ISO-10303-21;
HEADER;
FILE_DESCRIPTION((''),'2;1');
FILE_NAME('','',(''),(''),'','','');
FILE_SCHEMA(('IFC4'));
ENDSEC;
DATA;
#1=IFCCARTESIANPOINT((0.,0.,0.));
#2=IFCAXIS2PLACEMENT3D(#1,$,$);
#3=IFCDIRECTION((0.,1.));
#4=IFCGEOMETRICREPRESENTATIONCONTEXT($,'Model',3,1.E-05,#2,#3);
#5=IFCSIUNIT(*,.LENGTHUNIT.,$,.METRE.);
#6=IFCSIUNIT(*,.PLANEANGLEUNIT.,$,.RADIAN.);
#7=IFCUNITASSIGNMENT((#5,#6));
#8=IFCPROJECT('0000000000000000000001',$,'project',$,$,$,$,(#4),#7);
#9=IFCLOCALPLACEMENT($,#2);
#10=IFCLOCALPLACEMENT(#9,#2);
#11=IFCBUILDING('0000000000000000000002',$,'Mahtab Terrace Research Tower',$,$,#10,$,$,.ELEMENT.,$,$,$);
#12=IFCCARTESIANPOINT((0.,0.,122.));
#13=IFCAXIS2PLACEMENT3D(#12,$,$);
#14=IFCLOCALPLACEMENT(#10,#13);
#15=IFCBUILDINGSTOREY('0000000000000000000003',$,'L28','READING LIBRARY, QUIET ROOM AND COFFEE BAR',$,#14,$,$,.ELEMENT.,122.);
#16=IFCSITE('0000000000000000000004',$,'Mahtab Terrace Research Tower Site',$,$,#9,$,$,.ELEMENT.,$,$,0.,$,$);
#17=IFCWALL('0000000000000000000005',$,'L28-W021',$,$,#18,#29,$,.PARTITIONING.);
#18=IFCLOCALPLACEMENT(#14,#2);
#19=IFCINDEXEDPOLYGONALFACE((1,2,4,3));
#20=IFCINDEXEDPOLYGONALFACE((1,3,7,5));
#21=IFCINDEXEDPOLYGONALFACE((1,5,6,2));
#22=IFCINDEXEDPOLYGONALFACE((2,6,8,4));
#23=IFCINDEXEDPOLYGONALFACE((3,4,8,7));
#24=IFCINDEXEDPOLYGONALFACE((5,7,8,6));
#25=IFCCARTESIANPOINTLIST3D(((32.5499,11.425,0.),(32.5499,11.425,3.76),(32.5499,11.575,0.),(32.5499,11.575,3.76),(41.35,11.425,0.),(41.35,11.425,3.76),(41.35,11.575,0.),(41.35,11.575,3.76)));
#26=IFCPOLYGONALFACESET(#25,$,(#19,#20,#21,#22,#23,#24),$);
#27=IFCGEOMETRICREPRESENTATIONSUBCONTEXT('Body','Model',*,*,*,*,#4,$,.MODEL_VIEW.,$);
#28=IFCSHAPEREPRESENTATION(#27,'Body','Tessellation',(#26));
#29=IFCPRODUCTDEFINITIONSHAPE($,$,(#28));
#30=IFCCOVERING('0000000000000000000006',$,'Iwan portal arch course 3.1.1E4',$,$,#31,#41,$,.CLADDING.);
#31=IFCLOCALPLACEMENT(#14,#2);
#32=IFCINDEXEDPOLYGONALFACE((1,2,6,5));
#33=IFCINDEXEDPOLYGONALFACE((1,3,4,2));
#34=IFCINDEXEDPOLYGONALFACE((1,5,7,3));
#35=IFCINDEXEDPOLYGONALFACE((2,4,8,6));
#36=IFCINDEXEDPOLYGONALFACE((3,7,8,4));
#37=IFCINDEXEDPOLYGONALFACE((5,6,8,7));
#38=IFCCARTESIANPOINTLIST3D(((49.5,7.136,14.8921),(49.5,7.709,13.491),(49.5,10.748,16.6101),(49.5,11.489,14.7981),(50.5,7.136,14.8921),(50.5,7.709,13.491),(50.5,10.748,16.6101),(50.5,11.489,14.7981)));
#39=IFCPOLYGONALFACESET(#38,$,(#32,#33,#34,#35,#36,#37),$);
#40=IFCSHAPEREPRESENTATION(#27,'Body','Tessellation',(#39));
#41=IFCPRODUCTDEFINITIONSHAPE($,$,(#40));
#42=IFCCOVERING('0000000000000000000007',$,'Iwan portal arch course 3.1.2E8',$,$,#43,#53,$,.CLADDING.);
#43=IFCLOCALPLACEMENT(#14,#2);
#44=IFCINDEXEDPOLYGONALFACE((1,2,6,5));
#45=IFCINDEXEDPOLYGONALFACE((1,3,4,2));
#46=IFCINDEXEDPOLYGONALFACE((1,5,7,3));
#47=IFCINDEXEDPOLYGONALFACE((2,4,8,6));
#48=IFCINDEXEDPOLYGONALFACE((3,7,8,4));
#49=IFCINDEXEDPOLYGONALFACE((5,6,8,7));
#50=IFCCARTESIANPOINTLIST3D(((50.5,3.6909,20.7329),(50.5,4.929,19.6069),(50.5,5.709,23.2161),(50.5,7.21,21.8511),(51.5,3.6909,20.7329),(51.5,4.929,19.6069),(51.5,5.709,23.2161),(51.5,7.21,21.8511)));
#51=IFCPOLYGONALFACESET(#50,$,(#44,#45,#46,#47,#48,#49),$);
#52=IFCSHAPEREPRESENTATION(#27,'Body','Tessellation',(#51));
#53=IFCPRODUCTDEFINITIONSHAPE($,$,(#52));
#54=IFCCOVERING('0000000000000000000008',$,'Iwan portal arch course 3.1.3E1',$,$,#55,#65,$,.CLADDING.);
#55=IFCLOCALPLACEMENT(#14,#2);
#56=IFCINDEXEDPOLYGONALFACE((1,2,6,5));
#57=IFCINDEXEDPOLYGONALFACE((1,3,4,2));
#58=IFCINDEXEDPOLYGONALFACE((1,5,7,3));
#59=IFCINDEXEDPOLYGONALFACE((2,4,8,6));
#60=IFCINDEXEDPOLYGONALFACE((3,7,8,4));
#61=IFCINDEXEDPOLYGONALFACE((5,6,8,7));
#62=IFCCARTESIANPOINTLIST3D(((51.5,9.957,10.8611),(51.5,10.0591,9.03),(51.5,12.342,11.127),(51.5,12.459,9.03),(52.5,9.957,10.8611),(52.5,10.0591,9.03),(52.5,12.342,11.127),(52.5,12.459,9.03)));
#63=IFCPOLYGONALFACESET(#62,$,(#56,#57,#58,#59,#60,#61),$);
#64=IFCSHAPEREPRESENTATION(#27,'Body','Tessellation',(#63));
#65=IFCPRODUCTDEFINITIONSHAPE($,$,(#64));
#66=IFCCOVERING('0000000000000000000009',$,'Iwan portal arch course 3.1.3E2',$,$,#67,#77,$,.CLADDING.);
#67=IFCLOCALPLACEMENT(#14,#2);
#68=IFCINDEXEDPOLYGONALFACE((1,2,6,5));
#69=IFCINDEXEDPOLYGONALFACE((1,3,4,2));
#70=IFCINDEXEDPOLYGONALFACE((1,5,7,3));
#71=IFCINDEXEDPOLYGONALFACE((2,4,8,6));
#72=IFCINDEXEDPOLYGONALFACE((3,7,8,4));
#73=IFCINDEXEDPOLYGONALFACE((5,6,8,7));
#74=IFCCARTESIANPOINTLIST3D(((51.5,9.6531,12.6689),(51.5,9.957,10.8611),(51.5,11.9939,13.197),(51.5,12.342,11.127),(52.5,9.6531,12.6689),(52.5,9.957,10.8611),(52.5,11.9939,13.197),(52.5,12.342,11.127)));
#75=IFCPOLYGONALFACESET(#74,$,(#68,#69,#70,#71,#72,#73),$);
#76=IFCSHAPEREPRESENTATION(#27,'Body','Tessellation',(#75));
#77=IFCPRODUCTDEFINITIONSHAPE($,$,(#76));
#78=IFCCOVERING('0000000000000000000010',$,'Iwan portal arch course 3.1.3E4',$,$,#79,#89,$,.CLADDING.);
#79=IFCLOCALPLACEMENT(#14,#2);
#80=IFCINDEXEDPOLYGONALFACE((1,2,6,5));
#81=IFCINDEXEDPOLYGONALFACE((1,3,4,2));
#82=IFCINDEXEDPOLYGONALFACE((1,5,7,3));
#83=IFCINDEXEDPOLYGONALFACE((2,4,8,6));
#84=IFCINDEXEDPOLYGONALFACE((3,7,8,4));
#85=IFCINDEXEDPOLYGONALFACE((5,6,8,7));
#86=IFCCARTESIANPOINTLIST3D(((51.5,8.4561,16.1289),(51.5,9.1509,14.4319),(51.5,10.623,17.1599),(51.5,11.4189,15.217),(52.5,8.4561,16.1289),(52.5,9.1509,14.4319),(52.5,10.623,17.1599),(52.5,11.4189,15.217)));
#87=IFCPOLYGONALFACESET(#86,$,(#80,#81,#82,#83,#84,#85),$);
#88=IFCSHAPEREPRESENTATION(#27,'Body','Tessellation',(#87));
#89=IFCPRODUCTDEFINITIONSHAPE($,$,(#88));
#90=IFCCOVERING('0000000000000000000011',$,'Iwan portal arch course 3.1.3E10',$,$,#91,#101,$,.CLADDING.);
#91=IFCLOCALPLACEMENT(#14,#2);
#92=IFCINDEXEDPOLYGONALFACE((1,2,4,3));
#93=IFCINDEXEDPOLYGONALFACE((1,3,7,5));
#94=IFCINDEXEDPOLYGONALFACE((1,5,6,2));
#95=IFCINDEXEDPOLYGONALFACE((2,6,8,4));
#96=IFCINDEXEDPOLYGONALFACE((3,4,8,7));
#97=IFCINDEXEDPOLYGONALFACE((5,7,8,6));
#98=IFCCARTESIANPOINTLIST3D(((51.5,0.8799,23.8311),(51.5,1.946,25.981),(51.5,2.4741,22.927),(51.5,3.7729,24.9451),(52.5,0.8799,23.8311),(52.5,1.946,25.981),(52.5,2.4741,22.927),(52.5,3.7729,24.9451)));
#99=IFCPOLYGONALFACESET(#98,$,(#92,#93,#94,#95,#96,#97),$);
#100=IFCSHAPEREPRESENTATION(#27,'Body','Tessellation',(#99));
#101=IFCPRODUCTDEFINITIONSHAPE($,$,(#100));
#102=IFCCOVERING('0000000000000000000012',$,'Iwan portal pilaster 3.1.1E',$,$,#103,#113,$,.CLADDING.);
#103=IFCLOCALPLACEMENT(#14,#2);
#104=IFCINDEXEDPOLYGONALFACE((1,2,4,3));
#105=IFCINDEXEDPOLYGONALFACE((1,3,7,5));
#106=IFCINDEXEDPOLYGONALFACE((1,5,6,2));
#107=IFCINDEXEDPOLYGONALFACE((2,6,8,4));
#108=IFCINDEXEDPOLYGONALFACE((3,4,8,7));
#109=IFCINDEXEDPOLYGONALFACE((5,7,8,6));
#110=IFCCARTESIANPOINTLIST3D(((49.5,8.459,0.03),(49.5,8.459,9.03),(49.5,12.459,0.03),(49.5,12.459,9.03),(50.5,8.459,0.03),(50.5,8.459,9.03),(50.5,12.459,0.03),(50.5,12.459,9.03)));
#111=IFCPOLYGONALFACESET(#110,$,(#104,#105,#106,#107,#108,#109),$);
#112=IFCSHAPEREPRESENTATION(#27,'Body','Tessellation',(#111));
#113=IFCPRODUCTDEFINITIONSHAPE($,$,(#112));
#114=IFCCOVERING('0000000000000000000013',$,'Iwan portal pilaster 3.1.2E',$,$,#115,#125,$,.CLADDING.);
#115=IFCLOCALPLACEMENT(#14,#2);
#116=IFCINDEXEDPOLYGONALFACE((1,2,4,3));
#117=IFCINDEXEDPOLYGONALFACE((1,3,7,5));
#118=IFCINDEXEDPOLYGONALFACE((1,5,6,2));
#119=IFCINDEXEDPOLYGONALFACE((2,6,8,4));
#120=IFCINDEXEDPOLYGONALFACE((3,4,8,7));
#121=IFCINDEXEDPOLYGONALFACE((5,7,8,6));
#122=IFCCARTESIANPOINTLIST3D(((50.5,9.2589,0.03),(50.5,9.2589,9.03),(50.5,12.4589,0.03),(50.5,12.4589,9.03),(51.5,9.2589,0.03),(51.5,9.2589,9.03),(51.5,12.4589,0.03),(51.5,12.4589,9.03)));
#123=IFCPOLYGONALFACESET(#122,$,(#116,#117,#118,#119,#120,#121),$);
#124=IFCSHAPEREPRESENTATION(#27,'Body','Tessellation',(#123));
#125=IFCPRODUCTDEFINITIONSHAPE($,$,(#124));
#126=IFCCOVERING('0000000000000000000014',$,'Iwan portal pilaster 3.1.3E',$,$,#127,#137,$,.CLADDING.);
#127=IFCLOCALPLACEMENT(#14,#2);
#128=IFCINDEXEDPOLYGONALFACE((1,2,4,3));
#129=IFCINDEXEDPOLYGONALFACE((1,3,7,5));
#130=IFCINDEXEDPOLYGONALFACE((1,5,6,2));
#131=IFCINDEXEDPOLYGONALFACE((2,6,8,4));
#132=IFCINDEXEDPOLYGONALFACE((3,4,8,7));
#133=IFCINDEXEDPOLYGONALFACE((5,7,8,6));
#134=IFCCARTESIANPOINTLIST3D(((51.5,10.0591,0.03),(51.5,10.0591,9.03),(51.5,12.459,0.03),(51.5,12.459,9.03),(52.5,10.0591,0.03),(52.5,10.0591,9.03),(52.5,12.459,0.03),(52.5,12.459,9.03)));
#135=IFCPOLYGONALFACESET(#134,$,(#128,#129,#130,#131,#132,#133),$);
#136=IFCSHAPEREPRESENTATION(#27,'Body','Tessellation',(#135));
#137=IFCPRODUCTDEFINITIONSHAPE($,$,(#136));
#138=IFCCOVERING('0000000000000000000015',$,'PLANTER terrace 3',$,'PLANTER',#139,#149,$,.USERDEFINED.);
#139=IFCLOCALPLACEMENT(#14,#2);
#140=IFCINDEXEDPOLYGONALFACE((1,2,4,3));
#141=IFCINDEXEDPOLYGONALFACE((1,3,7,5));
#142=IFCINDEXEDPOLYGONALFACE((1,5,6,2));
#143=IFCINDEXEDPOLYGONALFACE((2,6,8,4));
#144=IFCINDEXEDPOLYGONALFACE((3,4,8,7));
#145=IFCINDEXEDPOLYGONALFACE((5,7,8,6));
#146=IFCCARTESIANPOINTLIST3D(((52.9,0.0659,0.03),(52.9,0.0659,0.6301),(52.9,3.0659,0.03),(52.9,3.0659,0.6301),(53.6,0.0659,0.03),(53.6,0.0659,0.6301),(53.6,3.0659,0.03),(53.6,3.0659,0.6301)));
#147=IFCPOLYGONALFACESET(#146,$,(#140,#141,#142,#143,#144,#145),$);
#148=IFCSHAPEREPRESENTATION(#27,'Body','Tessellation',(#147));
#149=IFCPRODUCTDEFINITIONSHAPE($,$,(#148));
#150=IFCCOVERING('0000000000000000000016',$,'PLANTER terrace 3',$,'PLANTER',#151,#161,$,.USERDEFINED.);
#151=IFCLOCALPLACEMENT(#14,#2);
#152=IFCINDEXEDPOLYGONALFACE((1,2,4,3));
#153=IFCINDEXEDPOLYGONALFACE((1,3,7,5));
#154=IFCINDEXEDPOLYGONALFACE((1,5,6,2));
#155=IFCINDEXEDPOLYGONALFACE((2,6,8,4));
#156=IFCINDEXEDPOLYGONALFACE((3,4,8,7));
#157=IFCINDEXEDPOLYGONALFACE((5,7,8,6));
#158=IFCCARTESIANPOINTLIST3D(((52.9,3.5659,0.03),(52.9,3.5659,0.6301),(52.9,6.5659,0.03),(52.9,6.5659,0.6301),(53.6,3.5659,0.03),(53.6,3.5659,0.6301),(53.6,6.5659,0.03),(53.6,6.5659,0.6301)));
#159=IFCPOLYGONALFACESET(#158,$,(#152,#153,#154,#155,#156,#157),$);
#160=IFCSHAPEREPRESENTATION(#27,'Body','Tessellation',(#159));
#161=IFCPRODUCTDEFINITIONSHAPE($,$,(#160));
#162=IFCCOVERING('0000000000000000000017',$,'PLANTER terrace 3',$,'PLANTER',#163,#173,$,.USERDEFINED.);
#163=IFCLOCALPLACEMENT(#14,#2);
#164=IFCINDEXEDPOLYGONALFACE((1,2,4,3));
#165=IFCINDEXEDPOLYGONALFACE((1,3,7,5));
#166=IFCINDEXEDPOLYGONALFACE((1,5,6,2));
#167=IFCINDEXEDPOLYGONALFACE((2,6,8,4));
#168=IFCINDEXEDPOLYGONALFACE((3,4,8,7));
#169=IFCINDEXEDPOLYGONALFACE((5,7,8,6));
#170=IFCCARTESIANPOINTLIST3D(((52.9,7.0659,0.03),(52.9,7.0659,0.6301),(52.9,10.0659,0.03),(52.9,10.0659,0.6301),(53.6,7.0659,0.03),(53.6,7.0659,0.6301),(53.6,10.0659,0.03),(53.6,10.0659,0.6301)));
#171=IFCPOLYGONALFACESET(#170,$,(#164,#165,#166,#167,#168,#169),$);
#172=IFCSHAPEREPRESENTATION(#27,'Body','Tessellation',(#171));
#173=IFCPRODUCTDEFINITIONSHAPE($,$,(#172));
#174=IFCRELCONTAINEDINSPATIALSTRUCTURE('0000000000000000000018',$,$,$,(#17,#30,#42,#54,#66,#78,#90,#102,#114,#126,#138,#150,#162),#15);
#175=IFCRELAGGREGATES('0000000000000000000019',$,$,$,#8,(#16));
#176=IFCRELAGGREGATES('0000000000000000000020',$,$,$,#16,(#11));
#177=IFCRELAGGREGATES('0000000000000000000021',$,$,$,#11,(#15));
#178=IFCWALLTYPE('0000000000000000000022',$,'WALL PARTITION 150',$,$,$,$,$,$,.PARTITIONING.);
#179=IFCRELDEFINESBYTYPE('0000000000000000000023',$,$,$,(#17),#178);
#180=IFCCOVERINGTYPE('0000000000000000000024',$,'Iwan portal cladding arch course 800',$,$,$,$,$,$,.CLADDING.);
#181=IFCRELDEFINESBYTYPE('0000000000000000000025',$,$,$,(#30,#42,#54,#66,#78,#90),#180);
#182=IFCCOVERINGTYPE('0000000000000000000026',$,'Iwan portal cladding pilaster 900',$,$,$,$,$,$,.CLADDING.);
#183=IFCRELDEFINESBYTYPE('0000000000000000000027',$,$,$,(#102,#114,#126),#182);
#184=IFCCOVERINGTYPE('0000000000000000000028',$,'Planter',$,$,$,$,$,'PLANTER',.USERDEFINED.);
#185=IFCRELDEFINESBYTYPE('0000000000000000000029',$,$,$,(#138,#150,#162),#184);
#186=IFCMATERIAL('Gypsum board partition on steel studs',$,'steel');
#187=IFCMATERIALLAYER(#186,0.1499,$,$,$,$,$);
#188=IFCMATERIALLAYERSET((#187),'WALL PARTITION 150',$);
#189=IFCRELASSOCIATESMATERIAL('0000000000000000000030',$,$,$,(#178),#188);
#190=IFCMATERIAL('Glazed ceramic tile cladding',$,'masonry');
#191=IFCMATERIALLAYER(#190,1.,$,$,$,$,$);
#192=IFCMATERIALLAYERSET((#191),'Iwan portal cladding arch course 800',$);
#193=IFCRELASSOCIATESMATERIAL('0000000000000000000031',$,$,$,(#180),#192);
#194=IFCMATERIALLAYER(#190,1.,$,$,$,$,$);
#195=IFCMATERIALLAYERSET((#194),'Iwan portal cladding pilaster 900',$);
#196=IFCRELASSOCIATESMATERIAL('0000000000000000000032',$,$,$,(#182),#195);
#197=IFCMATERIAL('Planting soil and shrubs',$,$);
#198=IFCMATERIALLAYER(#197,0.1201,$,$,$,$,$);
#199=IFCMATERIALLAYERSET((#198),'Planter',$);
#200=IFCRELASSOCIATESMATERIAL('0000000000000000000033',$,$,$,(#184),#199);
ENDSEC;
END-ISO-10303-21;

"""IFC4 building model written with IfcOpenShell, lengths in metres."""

from ifc_helpers import new_model, si_unit, direction, frame, frame_2d, origin, origin_2d, place, context, subcontext, project, spatial, polyline, rectangle, outline, extrude, material, layer, layer_set, type_object, element, save


model = new_model("IFC4")

# Units and contexts
model_context = context("Model", 3, precision=1e-05, world=origin(), true_north=direction((0.0, 1.0)))
body_context = subcontext(model_context, "Body", "Model", "MODEL_VIEW")
ifc_project = project(units=[si_unit("LENGTHUNIT", "METRE"), si_unit("PLANEANGLEUNIT", "RADIAN")], contexts=[model_context])

# Site, building, storey
site_placement = place(None, origin())
site = spatial("IfcSite", under=ifc_project, at=site_placement, Name="Mahtab Terrace Research Tower Site", CompositionType="ELEMENT", RefElevation=0.0)
building_placement = place(site_placement, origin())
building = spatial("IfcBuilding", under=site, at=building_placement, Name="Mahtab Terrace Research Tower", CompositionType="ELEMENT")
storey_placement = place(building_placement, frame((0.0, 0.0, 122.0)))
storey = spatial("IfcBuildingStorey", under=building, at=storey_placement, Name="L28", Description="READING LIBRARY, QUIET ROOM AND COFFEE BAR", CompositionType="ELEMENT", Elevation=122.0)

# Wall
ifc_material_1 = material(Name="Gypsum board partition on steel studs", Category="steel")
ifc_layer_1 = layer(ifc_material_1, 0.1499)
ifc_layer_set_1 = layer_set([ifc_layer_1], Name="WALL PARTITION 150")
wall_type = type_object("IfcWallType", Name="WALL PARTITION 150", PredefinedType="PARTITIONING", material=ifc_layer_set_1)
wall_placement = place(storey_placement, frame((32.55, 11.5, 0.0), z_axis=(0.0, 0.0, 1.0), x_axis=(1.0, 0.0, 0.0)))
element("IfcWall", 1, at=wall_placement, inside=storey, type_object=wall_type, Name="L28-W021", PredefinedType="PARTITIONING", context=body_context, shape_type="SweptSolid", body=[
    extrude(rectangle(XDim=8.8, YDim=0.1499, at=frame_2d((4.3999, 0.0))), origin(), (0.0, 0.0, 1.0), 3.76),
])

# Coverings
ifc_material_2 = material(Name="Glazed ceramic tile cladding", Category="masonry")
ifc_layer_2 = layer(ifc_material_2, 1.0)
ifc_layer_set_2 = layer_set([ifc_layer_2], Name="Iwan portal cladding arch course 800")
covering_type_1 = type_object("IfcCoveringType", Name="Iwan portal cladding arch course 800", PredefinedType="CLADDING", material=ifc_layer_set_2)
covering_1_placement = place(storey_placement, frame((49.5, 7.709, 13.491), z_axis=(-1.0, 0.0, 0.0), x_axis=(0.0, -0.378526, 0.925591)))
element("IfcCovering", 2, at=covering_1_placement, inside=storey, type_object=covering_type_1, Name="Iwan portal arch course 3.1.1E4", PredefinedType="CLADDING", context=body_context, shape_type="SweptSolid", body=[
    extrude(outline(polyline([(0.0, 0.0), (1.5138, 0.0), (1.7367, 3.9936), (-0.221, 3.9935), (0.0, 0.0)])), origin(), (0.0, 0.0, -1.0), 1.0),
])
covering_2_placement = place(storey_placement, frame((50.5, 4.929, 19.6069), z_axis=(-1.0, 0.0, 0.0), x_axis=(0.0, -0.739795, 0.672833)))
element("IfcCovering", 3, at=covering_2_placement, inside=storey, type_object=covering_type_1, Name="Iwan portal arch course 3.1.2E8", PredefinedType="CLADDING", context=body_context, shape_type="SweptSolid", body=[
    extrude(outline(polyline([(0.0, 0.0), (1.6735, 0.0), (1.8513, 3.1948), (-0.1775, 3.1949), (0.0, 0.0)])), origin(), (0.0, 0.0, -1.0), 1.0),
])
covering_3_placement = place(storey_placement, frame((51.5, 10.0591, 9.03), z_axis=(-1.0, 0.0, 0.0), x_axis=(0.0, -0.055647, 0.998451)))
element("IfcCovering", 4, at=covering_3_placement, inside=storey, type_object=covering_type_1, Name="Iwan portal arch course 3.1.3E1", PredefinedType="CLADDING", context=body_context, shape_type="SweptSolid", body=[
    extrude(outline(polyline([(0.0, 0.0), (1.8339, 0.0), (1.9666, 2.3961), (-0.1335, 2.3962), (0.0, 0.0)])), origin(), (0.0, 0.0, -1.0), 1.0),
])
covering_4_placement = place(storey_placement, frame((51.5, 9.957, 10.8611), z_axis=(-1.0, 0.0, 0.0), x_axis=(0.0, -0.165803, 0.986159)))
element("IfcCovering", 5, at=covering_4_placement, inside=storey, type_object=covering_type_1, Name="Iwan portal arch course 3.1.3E2", PredefinedType="CLADDING", context=body_context, shape_type="SweptSolid", body=[
    extrude(outline(polyline([(0.0, 0.0), (1.8332, 0.0), (1.9659, 2.396), (-0.1333, 2.3961), (0.0, 0.0)])), origin(), (0.0, 0.0, -1.0), 1.0),
])
covering_5_placement = place(storey_placement, frame((51.5, 9.1509, 14.4319), z_axis=(-1.0, 0.0, 0.0), x_axis=(0.0, -0.378908, 0.925435)))
element("IfcCovering", 6, at=covering_5_placement, inside=storey, type_object=covering_type_1, Name="Iwan portal arch course 3.1.3E4", PredefinedType="CLADDING", context=body_context, shape_type="SweptSolid", body=[
    extrude(outline(polyline([(0.0, 0.0), (1.8338, 0.0), (1.9668, 2.3961), (-0.1328, 2.3964), (0.0, 0.0)])), origin(), (0.0, 0.0, -1.0), 1.0),
])
covering_6_placement = place(storey_placement, frame((51.5, 2.4741, 22.927), z_axis=(-1.0, 0.0, 0.0), x_axis=(0.0, -0.86987, 0.493281)))
element("IfcCovering", 7, at=covering_6_placement, inside=storey, type_object=covering_type_1, Name="Iwan portal arch course 3.1.3E10", PredefinedType="CLADDING", context=body_context, shape_type="SweptSolid", body=[
    extrude(outline(polyline([(0.0, 0.0), (1.8327, 0.0), (1.9658, 2.3961), (-0.1343, 2.3961), (0.0, 0.0)])), origin(), (0.0, 0.0, -1.0), 1.0),
])
ifc_layer_3 = layer(ifc_material_2, 1.0)
ifc_layer_set_3 = layer_set([ifc_layer_3], Name="Iwan portal cladding pilaster 900")
covering_type_2 = type_object("IfcCoveringType", Name="Iwan portal cladding pilaster 900", PredefinedType="CLADDING", material=ifc_layer_set_3)
covering_7_placement = place(storey_placement, frame((50.0, 10.459, 0.03), z_axis=(0.0, 0.0, 1.0), x_axis=(0.0, 1.0, 0.0)))
element("IfcCovering", 8, at=covering_7_placement, inside=storey, type_object=covering_type_2, Name="Iwan portal pilaster 3.1.1E", PredefinedType="CLADDING", context=body_context, shape_type="SweptSolid", body=[
    extrude(rectangle(XDim=4.0, YDim=1.0, at=origin_2d()), origin(), (0.0, 0.0, 1.0), 9.0),
])
covering_8_placement = place(storey_placement, frame((51.0, 10.8589, 0.03), z_axis=(0.0, 0.0, 1.0), x_axis=(0.0, 1.0, 0.0)))
element("IfcCovering", 9, at=covering_8_placement, inside=storey, type_object=covering_type_2, Name="Iwan portal pilaster 3.1.2E", PredefinedType="CLADDING", context=body_context, shape_type="SweptSolid", body=[
    extrude(rectangle(XDim=3.2, YDim=1.0, at=origin_2d()), origin(), (0.0, 0.0, 1.0), 9.0),
])
covering_9_placement = place(storey_placement, frame((52.0, 11.259, 0.03), z_axis=(0.0, 0.0, 1.0), x_axis=(0.0, 1.0, 0.0)))
element("IfcCovering", 10, at=covering_9_placement, inside=storey, type_object=covering_type_2, Name="Iwan portal pilaster 3.1.3E", PredefinedType="CLADDING", context=body_context, shape_type="SweptSolid", body=[
    extrude(rectangle(XDim=2.3999, YDim=1.0, at=origin_2d()), origin(), (0.0, 0.0, 1.0), 9.0),
])
ifc_material_3 = material(Name="Planting soil and shrubs")
ifc_layer_4 = layer(ifc_material_3, 0.1201)
ifc_layer_set_4 = layer_set([ifc_layer_4], Name="Planter")
covering_type_3 = type_object("IfcCoveringType", Name="Planter", ElementType="PLANTER", PredefinedType="USERDEFINED", material=ifc_layer_set_4)
for number, where, z_axis, x_axis, name in (
    (11, (53.25, 1.5659, 0.03), (0.0, 0.0, 1.0), (0.0, 1.0, 0.0), "PLANTER terrace 3"),
    (12, (53.25, 5.0659, 0.03), (0.0, 0.0, 1.0), (0.0, 1.0, 0.0), "PLANTER terrace 3"),
    (13, (53.25, 8.5659, 0.03), (0.0, 0.0, 1.0), (0.0, 1.0, 0.0), "PLANTER terrace 3"),
):
    element("IfcCovering", number, at=place(storey_placement, frame(where, z_axis=z_axis, x_axis=x_axis)), inside=storey, type_object=covering_type_3, Name=name, ObjectType="PLANTER", PredefinedType="USERDEFINED", context=body_context, shape_type="SweptSolid", body=[
        extrude(rectangle(XDim=3.0, YDim=0.7, at=origin_2d()), origin(), (0.0, 0.0, 1.0), 0.6001),
    ])

save(model, "model.ifc")
